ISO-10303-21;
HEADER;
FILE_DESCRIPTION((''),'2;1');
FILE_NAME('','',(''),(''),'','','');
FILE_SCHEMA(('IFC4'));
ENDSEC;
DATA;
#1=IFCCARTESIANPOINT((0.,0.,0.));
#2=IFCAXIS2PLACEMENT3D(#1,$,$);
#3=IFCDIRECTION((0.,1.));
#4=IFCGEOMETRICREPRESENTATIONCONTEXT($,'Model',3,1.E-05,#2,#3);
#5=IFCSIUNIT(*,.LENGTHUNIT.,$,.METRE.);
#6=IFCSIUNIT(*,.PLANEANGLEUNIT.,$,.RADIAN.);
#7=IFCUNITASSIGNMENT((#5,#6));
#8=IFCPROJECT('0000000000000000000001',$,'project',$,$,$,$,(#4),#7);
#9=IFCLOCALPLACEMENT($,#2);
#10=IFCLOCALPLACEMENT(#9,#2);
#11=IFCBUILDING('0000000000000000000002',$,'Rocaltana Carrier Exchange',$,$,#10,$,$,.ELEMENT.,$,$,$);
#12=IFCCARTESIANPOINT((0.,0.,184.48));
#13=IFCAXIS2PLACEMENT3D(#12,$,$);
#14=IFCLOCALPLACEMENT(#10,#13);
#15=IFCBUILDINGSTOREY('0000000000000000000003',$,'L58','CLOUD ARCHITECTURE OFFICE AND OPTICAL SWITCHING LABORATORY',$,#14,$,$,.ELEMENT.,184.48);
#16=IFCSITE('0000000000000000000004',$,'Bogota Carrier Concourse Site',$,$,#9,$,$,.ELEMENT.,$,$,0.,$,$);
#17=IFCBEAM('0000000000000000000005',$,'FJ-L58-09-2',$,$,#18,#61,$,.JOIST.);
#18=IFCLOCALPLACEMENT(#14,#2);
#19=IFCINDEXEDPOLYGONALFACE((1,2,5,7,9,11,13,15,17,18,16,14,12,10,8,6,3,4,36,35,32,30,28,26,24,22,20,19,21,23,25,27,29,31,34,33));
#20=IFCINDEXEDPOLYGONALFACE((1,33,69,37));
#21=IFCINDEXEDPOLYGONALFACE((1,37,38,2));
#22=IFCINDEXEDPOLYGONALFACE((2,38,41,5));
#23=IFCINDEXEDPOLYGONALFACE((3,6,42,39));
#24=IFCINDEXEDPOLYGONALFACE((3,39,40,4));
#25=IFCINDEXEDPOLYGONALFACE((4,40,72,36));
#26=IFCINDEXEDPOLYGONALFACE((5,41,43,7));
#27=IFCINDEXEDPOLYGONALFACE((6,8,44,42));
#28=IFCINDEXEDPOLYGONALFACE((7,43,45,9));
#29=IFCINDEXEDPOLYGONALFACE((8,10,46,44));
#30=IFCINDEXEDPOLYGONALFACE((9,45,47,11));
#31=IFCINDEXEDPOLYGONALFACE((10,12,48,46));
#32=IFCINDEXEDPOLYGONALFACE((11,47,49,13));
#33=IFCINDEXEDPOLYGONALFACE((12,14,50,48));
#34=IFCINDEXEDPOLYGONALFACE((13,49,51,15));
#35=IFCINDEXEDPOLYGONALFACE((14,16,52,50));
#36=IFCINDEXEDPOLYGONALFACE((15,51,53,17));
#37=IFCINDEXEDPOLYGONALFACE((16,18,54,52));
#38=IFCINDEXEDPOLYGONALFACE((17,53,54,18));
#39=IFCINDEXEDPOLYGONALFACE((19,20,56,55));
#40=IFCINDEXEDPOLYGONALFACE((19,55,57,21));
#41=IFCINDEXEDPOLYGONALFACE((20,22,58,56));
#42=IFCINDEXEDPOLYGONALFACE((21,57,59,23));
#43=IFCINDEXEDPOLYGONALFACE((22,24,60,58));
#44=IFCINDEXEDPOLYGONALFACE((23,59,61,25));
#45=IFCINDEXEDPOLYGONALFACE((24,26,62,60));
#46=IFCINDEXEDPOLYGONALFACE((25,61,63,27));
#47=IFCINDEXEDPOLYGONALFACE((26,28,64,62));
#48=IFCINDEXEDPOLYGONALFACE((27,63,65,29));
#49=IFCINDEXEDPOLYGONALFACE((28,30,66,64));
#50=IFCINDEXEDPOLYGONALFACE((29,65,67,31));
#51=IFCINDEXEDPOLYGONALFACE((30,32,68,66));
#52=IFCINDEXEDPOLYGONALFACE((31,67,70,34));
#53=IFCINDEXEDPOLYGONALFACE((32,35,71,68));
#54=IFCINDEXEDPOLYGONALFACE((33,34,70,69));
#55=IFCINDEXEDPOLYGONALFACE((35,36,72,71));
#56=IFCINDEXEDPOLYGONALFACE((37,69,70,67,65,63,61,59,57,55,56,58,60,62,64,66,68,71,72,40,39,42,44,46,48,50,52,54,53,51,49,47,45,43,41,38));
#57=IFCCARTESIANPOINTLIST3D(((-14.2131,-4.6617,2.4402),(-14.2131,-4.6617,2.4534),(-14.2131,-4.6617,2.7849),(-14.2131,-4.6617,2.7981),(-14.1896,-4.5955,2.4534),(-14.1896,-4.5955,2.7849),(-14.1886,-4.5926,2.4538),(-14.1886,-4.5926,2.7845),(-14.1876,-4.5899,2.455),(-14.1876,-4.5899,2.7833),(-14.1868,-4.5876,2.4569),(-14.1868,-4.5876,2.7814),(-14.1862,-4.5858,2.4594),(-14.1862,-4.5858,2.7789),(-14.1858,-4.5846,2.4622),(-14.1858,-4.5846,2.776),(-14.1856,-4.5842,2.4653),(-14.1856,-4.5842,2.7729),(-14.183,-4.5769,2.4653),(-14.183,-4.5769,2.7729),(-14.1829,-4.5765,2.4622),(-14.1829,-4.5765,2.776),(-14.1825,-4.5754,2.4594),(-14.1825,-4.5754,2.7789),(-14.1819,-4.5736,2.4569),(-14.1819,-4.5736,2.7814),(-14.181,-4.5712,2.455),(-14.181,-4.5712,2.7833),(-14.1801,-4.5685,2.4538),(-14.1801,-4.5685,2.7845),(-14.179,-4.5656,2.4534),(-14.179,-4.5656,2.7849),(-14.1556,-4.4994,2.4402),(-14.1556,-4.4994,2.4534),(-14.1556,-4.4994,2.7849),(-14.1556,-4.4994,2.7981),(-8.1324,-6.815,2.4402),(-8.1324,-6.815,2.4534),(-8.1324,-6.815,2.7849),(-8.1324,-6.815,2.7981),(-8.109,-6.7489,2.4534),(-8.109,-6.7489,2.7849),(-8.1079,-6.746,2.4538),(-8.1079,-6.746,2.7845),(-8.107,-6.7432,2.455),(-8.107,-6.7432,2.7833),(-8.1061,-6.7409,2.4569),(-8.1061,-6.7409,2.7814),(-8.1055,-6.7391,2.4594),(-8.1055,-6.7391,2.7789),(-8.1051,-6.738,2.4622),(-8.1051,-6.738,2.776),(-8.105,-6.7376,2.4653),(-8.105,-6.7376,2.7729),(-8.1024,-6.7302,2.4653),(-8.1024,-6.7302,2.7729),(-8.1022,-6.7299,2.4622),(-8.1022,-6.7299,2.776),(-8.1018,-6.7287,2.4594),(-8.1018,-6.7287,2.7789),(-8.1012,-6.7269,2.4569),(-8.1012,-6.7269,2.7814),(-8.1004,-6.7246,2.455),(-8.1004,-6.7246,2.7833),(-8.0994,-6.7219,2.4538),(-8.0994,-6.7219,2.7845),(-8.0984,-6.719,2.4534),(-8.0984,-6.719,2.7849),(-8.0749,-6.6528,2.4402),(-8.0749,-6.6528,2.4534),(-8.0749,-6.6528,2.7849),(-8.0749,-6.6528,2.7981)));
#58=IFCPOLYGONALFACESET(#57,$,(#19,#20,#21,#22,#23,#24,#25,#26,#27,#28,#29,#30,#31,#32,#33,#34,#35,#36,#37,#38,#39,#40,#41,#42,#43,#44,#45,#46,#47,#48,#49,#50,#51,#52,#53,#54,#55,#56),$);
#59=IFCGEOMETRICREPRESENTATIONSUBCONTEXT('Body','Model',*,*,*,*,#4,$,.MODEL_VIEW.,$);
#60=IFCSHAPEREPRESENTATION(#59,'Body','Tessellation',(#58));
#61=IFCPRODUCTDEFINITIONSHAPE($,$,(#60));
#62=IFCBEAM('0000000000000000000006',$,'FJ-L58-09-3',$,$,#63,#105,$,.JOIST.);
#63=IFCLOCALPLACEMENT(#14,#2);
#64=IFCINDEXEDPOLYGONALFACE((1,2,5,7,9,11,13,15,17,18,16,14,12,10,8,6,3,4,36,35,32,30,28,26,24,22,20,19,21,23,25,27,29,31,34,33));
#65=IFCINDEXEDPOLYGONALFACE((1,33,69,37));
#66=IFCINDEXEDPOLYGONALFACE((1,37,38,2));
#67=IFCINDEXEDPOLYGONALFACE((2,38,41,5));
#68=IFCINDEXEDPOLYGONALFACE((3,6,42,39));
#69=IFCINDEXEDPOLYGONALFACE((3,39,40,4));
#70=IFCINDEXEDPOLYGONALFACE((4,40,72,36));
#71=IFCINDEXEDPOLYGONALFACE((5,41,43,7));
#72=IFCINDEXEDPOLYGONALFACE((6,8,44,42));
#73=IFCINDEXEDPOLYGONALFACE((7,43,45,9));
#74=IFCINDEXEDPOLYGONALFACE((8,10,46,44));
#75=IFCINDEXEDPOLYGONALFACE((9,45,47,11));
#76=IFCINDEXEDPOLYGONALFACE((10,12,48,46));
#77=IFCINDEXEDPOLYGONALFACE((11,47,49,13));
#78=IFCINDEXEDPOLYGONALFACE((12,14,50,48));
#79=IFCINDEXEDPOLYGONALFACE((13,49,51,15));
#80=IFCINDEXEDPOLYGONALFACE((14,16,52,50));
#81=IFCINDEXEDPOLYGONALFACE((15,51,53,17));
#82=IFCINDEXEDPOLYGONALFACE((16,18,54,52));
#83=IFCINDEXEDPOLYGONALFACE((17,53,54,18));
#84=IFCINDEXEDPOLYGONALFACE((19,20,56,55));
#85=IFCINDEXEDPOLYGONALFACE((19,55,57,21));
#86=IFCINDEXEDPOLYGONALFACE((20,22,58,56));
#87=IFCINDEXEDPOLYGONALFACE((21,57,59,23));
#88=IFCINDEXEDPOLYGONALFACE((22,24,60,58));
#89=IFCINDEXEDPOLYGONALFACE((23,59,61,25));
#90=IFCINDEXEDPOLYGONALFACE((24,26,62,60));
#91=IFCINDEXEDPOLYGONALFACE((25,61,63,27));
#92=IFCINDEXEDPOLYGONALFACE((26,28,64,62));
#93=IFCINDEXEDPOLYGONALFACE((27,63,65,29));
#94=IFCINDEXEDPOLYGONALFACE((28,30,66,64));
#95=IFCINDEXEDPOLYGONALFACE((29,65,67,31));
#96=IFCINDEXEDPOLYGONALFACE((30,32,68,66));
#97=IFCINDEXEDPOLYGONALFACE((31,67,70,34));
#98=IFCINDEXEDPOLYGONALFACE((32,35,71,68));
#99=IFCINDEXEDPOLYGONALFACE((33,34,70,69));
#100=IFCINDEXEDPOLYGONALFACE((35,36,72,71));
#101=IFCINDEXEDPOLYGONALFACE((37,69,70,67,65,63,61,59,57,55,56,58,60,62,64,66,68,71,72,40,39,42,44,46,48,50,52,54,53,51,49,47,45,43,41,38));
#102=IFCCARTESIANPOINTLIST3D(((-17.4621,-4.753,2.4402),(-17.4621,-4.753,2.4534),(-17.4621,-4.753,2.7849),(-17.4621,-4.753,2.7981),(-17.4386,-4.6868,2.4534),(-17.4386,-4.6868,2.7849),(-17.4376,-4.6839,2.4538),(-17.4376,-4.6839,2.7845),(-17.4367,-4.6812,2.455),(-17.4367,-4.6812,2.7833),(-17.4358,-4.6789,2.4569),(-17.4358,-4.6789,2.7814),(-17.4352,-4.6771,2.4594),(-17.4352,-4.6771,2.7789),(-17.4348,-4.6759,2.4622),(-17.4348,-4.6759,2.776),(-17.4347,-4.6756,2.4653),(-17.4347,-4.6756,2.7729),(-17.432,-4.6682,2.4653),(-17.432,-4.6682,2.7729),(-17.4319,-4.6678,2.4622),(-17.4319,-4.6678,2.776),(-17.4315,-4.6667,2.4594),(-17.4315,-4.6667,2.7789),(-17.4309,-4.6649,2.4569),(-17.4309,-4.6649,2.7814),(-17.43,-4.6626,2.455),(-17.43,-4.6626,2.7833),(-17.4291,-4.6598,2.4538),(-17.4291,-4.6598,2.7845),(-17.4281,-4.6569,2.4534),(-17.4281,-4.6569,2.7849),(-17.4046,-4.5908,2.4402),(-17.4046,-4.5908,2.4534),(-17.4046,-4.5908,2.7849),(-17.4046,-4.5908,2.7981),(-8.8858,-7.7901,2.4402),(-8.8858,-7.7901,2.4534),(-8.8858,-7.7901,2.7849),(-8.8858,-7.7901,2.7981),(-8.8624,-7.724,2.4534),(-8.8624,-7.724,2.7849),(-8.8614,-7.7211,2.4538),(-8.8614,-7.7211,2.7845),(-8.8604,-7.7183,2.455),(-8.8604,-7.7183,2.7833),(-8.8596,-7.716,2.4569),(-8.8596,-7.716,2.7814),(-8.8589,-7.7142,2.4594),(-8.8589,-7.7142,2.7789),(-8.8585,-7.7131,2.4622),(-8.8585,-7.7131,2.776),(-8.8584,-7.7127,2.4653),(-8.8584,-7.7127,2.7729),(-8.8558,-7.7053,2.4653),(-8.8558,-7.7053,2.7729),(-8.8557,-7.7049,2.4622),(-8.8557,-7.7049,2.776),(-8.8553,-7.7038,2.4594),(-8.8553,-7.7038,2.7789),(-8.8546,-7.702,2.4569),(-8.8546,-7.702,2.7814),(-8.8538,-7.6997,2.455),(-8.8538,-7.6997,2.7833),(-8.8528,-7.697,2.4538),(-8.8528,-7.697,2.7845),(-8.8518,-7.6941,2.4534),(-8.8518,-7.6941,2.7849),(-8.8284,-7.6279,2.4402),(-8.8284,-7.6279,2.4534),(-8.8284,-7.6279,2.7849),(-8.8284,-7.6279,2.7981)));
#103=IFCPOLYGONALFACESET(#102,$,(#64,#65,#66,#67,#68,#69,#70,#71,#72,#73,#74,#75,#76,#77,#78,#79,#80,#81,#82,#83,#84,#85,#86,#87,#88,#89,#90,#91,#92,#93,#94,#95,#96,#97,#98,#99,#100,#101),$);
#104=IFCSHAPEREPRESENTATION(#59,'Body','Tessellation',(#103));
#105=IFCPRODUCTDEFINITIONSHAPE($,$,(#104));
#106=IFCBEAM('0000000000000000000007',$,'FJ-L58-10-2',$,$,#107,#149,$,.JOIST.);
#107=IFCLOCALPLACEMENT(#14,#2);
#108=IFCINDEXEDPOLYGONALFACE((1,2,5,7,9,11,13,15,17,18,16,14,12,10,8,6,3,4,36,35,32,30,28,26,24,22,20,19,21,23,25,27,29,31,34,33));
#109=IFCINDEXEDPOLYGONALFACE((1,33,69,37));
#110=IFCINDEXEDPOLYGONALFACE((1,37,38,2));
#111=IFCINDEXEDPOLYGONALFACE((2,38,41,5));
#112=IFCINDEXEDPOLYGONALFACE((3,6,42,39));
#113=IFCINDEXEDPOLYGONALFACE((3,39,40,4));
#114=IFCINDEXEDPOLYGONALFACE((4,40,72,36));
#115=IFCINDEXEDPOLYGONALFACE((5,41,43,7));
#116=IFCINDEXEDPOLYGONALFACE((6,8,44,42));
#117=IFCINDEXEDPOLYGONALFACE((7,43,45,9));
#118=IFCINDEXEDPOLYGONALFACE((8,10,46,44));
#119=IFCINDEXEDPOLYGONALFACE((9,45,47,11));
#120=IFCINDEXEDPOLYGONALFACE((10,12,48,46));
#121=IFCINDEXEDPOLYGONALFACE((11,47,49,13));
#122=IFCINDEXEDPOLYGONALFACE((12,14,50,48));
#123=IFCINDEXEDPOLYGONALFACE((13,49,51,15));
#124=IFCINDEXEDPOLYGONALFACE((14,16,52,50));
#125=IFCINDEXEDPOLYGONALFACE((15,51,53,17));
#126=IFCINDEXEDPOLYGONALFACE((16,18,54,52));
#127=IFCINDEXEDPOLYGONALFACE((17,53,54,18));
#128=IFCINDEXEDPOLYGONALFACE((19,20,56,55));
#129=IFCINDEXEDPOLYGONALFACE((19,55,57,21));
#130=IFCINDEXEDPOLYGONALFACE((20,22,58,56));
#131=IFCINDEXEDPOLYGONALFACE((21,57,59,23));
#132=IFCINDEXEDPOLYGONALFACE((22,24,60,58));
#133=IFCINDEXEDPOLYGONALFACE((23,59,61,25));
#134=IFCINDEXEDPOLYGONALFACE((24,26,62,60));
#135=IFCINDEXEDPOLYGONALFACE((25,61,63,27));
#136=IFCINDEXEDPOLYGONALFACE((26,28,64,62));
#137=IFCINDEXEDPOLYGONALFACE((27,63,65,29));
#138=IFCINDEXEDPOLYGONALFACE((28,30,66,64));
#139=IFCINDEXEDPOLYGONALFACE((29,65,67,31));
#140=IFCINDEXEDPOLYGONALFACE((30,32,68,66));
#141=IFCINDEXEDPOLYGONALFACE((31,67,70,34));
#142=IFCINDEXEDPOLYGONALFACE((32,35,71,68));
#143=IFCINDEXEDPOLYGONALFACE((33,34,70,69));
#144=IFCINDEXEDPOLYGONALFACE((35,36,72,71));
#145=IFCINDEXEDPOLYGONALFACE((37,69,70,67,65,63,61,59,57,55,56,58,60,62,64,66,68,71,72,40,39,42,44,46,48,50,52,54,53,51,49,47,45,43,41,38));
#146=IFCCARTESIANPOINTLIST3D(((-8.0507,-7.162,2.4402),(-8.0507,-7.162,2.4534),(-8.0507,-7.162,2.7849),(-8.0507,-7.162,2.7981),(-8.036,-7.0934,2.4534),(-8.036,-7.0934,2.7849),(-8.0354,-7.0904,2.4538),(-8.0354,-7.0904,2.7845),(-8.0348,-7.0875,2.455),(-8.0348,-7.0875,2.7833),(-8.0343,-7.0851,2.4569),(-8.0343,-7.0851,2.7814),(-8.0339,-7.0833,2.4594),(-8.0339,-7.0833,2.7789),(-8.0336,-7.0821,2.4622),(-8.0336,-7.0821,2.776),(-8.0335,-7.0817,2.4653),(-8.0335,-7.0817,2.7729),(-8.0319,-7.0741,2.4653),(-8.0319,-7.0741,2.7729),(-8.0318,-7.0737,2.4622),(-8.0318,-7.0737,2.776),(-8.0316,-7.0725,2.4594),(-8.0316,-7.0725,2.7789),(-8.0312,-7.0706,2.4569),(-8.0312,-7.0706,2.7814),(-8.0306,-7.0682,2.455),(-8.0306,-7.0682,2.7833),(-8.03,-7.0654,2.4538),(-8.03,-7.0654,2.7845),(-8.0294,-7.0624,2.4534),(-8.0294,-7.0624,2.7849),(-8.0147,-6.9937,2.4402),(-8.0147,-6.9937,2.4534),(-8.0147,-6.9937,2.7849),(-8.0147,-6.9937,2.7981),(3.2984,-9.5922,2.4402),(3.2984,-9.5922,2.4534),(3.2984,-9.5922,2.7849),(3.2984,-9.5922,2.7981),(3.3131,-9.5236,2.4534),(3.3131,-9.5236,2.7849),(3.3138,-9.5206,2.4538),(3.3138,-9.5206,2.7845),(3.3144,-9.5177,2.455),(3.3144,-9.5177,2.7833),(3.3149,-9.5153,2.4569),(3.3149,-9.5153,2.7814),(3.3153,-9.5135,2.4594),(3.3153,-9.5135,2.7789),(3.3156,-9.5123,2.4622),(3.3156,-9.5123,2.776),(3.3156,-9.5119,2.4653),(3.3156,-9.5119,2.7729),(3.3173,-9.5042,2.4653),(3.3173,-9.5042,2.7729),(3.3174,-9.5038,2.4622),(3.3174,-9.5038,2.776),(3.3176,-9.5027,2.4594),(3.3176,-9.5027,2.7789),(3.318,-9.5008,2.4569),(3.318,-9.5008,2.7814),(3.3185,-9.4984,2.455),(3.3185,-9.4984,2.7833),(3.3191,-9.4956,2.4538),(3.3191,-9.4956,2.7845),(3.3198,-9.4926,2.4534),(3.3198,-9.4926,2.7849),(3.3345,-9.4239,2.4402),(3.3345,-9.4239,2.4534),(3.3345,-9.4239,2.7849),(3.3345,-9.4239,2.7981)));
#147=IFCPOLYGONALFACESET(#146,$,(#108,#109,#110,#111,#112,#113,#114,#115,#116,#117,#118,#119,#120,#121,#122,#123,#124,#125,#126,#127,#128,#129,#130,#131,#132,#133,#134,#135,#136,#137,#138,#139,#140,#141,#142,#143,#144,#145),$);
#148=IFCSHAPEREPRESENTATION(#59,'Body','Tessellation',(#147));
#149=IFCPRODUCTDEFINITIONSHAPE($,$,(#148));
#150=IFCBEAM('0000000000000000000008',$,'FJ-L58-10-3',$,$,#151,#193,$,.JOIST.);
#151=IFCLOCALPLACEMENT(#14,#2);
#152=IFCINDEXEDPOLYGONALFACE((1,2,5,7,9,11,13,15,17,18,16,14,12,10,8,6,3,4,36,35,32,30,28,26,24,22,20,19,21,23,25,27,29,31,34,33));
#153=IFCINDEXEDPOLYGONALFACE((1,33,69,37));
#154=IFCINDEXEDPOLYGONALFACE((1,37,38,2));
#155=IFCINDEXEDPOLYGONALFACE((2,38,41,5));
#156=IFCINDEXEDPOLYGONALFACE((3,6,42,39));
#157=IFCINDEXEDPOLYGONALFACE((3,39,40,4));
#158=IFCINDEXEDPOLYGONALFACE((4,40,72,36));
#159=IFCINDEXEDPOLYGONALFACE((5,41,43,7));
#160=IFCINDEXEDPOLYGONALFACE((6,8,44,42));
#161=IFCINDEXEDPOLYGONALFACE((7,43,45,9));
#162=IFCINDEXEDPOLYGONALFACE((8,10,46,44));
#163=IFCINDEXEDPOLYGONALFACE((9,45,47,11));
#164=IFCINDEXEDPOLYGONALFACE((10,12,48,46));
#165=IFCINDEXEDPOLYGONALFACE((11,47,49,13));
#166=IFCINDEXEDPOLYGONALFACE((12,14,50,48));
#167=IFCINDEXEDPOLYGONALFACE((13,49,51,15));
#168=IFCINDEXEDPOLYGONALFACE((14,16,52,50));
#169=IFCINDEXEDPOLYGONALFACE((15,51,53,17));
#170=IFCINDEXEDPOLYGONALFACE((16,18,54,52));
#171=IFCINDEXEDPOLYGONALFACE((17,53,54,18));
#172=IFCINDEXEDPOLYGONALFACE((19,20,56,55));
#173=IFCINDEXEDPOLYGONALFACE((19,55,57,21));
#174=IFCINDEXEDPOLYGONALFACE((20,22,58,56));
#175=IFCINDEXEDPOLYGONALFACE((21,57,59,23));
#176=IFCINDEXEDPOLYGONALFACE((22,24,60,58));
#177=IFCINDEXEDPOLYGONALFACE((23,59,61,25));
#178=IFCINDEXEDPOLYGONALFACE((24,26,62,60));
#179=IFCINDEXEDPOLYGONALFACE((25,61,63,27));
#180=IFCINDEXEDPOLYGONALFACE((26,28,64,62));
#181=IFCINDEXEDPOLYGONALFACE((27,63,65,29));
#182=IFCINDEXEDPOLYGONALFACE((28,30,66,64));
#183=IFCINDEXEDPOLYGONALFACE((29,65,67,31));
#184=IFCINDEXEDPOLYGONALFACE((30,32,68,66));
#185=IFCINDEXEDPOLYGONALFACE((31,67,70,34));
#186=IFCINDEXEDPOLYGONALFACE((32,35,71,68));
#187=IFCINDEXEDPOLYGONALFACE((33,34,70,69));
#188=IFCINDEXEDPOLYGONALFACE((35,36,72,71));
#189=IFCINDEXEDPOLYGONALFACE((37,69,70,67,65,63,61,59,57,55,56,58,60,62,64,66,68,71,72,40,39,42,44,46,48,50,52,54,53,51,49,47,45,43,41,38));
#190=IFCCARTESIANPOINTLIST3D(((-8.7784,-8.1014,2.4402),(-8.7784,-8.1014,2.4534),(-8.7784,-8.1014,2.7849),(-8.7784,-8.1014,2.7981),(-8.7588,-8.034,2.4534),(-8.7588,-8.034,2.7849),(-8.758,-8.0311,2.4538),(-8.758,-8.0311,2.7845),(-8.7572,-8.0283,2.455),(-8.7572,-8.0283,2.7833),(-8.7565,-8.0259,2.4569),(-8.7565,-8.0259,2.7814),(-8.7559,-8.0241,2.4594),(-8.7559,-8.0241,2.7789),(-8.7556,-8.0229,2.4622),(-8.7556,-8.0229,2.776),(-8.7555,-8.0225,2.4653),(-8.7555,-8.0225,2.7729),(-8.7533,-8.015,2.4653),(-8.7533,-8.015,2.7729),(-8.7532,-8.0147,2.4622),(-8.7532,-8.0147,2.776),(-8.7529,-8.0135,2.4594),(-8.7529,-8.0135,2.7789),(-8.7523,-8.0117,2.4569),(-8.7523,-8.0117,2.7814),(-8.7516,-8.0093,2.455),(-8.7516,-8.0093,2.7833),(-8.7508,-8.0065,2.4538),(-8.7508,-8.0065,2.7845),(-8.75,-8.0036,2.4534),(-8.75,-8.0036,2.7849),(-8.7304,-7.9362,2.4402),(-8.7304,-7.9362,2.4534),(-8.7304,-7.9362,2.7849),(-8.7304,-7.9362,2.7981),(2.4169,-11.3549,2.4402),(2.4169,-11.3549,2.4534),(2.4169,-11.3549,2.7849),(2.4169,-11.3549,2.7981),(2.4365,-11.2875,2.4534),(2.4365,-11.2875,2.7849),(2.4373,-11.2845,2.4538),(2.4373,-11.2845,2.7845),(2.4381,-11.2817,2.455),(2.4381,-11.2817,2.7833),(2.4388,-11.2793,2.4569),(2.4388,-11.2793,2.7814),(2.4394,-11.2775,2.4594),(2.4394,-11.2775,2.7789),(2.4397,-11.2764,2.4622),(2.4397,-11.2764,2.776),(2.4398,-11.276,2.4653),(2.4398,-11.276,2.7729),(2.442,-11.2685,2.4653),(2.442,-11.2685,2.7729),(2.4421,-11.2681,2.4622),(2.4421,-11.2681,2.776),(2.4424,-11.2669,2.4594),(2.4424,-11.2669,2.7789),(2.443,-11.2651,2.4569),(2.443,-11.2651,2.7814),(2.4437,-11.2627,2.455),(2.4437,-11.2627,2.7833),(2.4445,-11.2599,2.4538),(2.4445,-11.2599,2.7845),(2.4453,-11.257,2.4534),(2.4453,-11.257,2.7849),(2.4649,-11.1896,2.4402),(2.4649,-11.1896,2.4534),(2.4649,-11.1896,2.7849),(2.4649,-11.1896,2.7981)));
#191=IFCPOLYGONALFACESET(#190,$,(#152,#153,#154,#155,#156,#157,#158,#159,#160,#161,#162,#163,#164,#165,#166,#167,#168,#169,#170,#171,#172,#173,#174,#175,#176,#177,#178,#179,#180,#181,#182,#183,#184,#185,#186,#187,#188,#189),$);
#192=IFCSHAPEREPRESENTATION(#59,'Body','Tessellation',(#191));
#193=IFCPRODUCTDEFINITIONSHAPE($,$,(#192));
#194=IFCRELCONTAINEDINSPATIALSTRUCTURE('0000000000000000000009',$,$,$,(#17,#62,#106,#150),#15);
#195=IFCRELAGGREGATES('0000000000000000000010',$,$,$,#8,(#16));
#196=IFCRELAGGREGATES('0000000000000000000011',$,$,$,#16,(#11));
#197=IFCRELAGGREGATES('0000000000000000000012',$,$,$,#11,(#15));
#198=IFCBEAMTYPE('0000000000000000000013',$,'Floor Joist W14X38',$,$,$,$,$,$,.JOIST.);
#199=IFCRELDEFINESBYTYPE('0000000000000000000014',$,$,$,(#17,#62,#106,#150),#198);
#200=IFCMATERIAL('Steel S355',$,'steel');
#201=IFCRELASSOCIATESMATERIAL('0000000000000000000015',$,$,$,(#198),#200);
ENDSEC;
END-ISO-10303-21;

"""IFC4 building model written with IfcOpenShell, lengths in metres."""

from ifc_helpers import new_model, si_unit, direction, frame, origin, origin_2d, place, context, subcontext, project, spatial, i_section, extrude, material, material_profile, profile_set, type_object, element, save


model = new_model("IFC4")

# Units and contexts
model_context = context("Model", 3, precision=1e-05, world=origin(), true_north=direction((0.0, 1.0)))
body_context = subcontext(model_context, "Body", "Model", "MODEL_VIEW")
ifc_project = project(units=[si_unit("LENGTHUNIT", "METRE"), si_unit("PLANEANGLEUNIT", "RADIAN")], contexts=[model_context])

# Site, building, storey
site_placement = place(None, origin())
site = spatial("IfcSite", under=ifc_project, at=site_placement, Name="Bogota Carrier Concourse Site", CompositionType="ELEMENT", RefElevation=0.0)
building_placement = place(site_placement, origin())
building = spatial("IfcBuilding", under=site, at=building_placement, Name="Rocaltana Carrier Exchange", CompositionType="ELEMENT")
storey_placement = place(building_placement, frame((0.0, 0.0, 184.48)))
storey = spatial("IfcBuildingStorey", under=building, at=storey_placement, Name="L58", Description="CLOUD ARCHITECTURE OFFICE AND OPTICAL SWITCHING LABORATORY", CompositionType="ELEMENT", Elevation=184.48)

# Beams
ifc_material_1 = material(Name="Steel S355", Category="steel")
ifc_material_profile_1 = material_profile(ifc_material_1, i_section(OverallWidth=0.1721, OverallDepth=0.3579, WebThickness=0.0078, FlangeThickness=0.0132, FilletRadius=0.012, at=origin_2d()), Name="W14X38")
ifc_profile_set_1 = profile_set([ifc_material_profile_1], Name="Steel S355")
beam_type_1 = type_object("IfcBeamType", Name="Floor Joist W14X38", PredefinedType="JOIST", material=ifc_profile_set_1)
beam_1_placement = place(storey_placement, frame((-14.1843, -4.5806, 2.6191), z_axis=(0.942638, -0.333818, 0.0), x_axis=(0.333818, 0.942638, 0.0)))
element("IfcBeam", 1, at=beam_1_placement, inside=storey, type_object=beam_type_1, Name="FJ-L58-09-2", PredefinedType="JOIST", context=body_context, shape_type="SweptSolid", body=[
    extrude(i_section(OverallWidth=0.1721, OverallDepth=0.3579, WebThickness=0.0078, FlangeThickness=0.0132, FilletRadius=0.012, at=origin_2d()), origin(), (0.0, 0.0, 1.0), 6.4507),
])
beam_2_placement = place(storey_placement, frame((-17.4333, -4.6719, 2.6191), z_axis=(0.942637, -0.333819, 0.0), x_axis=(0.333819, 0.942637, 0.0)))
element("IfcBeam", 2, at=beam_2_placement, inside=storey, type_object=beam_type_1, Name="FJ-L58-09-3", PredefinedType="JOIST", context=body_context, shape_type="SweptSolid", body=[
    extrude(i_section(OverallWidth=0.1721, OverallDepth=0.3579, WebThickness=0.0078, FlangeThickness=0.0132, FilletRadius=0.012, at=origin_2d()), origin(), (0.0, 0.0, 1.0), 9.0981),
])
beam_3_placement = place(storey_placement, frame((-8.0327, -7.0779, 2.6191), z_axis=(0.977834, -0.209383, 0.0), x_axis=(0.209383, 0.977834, 0.0)))
element("IfcBeam", 3, at=beam_3_placement, inside=storey, type_object=beam_type_1, Name="FJ-L58-10-2", PredefinedType="JOIST", context=body_context, shape_type="SweptSolid", body=[
    extrude(i_section(OverallWidth=0.1721, OverallDepth=0.3579, WebThickness=0.0078, FlangeThickness=0.0132, FilletRadius=0.012, at=origin_2d()), origin(), (0.0, 0.0, 1.0), 11.6064),
])
beam_4_placement = place(storey_placement, frame((-8.7544, -8.0188, 2.6191), z_axis=(0.960273, -0.279061, 0.0), x_axis=(0.279061, 0.960273, 0.0)))
element("IfcBeam", 4, at=beam_4_placement, inside=storey, type_object=beam_type_1, Name="FJ-L58-10-3", PredefinedType="JOIST", context=body_context, shape_type="SweptSolid", body=[
    extrude(i_section(OverallWidth=0.1721, OverallDepth=0.3579, WebThickness=0.0078, FlangeThickness=0.0132, FilletRadius=0.012, at=origin_2d()), origin(), (0.0, 0.0, 1.0), 11.6584),
])

save(model, "model.ifc")
